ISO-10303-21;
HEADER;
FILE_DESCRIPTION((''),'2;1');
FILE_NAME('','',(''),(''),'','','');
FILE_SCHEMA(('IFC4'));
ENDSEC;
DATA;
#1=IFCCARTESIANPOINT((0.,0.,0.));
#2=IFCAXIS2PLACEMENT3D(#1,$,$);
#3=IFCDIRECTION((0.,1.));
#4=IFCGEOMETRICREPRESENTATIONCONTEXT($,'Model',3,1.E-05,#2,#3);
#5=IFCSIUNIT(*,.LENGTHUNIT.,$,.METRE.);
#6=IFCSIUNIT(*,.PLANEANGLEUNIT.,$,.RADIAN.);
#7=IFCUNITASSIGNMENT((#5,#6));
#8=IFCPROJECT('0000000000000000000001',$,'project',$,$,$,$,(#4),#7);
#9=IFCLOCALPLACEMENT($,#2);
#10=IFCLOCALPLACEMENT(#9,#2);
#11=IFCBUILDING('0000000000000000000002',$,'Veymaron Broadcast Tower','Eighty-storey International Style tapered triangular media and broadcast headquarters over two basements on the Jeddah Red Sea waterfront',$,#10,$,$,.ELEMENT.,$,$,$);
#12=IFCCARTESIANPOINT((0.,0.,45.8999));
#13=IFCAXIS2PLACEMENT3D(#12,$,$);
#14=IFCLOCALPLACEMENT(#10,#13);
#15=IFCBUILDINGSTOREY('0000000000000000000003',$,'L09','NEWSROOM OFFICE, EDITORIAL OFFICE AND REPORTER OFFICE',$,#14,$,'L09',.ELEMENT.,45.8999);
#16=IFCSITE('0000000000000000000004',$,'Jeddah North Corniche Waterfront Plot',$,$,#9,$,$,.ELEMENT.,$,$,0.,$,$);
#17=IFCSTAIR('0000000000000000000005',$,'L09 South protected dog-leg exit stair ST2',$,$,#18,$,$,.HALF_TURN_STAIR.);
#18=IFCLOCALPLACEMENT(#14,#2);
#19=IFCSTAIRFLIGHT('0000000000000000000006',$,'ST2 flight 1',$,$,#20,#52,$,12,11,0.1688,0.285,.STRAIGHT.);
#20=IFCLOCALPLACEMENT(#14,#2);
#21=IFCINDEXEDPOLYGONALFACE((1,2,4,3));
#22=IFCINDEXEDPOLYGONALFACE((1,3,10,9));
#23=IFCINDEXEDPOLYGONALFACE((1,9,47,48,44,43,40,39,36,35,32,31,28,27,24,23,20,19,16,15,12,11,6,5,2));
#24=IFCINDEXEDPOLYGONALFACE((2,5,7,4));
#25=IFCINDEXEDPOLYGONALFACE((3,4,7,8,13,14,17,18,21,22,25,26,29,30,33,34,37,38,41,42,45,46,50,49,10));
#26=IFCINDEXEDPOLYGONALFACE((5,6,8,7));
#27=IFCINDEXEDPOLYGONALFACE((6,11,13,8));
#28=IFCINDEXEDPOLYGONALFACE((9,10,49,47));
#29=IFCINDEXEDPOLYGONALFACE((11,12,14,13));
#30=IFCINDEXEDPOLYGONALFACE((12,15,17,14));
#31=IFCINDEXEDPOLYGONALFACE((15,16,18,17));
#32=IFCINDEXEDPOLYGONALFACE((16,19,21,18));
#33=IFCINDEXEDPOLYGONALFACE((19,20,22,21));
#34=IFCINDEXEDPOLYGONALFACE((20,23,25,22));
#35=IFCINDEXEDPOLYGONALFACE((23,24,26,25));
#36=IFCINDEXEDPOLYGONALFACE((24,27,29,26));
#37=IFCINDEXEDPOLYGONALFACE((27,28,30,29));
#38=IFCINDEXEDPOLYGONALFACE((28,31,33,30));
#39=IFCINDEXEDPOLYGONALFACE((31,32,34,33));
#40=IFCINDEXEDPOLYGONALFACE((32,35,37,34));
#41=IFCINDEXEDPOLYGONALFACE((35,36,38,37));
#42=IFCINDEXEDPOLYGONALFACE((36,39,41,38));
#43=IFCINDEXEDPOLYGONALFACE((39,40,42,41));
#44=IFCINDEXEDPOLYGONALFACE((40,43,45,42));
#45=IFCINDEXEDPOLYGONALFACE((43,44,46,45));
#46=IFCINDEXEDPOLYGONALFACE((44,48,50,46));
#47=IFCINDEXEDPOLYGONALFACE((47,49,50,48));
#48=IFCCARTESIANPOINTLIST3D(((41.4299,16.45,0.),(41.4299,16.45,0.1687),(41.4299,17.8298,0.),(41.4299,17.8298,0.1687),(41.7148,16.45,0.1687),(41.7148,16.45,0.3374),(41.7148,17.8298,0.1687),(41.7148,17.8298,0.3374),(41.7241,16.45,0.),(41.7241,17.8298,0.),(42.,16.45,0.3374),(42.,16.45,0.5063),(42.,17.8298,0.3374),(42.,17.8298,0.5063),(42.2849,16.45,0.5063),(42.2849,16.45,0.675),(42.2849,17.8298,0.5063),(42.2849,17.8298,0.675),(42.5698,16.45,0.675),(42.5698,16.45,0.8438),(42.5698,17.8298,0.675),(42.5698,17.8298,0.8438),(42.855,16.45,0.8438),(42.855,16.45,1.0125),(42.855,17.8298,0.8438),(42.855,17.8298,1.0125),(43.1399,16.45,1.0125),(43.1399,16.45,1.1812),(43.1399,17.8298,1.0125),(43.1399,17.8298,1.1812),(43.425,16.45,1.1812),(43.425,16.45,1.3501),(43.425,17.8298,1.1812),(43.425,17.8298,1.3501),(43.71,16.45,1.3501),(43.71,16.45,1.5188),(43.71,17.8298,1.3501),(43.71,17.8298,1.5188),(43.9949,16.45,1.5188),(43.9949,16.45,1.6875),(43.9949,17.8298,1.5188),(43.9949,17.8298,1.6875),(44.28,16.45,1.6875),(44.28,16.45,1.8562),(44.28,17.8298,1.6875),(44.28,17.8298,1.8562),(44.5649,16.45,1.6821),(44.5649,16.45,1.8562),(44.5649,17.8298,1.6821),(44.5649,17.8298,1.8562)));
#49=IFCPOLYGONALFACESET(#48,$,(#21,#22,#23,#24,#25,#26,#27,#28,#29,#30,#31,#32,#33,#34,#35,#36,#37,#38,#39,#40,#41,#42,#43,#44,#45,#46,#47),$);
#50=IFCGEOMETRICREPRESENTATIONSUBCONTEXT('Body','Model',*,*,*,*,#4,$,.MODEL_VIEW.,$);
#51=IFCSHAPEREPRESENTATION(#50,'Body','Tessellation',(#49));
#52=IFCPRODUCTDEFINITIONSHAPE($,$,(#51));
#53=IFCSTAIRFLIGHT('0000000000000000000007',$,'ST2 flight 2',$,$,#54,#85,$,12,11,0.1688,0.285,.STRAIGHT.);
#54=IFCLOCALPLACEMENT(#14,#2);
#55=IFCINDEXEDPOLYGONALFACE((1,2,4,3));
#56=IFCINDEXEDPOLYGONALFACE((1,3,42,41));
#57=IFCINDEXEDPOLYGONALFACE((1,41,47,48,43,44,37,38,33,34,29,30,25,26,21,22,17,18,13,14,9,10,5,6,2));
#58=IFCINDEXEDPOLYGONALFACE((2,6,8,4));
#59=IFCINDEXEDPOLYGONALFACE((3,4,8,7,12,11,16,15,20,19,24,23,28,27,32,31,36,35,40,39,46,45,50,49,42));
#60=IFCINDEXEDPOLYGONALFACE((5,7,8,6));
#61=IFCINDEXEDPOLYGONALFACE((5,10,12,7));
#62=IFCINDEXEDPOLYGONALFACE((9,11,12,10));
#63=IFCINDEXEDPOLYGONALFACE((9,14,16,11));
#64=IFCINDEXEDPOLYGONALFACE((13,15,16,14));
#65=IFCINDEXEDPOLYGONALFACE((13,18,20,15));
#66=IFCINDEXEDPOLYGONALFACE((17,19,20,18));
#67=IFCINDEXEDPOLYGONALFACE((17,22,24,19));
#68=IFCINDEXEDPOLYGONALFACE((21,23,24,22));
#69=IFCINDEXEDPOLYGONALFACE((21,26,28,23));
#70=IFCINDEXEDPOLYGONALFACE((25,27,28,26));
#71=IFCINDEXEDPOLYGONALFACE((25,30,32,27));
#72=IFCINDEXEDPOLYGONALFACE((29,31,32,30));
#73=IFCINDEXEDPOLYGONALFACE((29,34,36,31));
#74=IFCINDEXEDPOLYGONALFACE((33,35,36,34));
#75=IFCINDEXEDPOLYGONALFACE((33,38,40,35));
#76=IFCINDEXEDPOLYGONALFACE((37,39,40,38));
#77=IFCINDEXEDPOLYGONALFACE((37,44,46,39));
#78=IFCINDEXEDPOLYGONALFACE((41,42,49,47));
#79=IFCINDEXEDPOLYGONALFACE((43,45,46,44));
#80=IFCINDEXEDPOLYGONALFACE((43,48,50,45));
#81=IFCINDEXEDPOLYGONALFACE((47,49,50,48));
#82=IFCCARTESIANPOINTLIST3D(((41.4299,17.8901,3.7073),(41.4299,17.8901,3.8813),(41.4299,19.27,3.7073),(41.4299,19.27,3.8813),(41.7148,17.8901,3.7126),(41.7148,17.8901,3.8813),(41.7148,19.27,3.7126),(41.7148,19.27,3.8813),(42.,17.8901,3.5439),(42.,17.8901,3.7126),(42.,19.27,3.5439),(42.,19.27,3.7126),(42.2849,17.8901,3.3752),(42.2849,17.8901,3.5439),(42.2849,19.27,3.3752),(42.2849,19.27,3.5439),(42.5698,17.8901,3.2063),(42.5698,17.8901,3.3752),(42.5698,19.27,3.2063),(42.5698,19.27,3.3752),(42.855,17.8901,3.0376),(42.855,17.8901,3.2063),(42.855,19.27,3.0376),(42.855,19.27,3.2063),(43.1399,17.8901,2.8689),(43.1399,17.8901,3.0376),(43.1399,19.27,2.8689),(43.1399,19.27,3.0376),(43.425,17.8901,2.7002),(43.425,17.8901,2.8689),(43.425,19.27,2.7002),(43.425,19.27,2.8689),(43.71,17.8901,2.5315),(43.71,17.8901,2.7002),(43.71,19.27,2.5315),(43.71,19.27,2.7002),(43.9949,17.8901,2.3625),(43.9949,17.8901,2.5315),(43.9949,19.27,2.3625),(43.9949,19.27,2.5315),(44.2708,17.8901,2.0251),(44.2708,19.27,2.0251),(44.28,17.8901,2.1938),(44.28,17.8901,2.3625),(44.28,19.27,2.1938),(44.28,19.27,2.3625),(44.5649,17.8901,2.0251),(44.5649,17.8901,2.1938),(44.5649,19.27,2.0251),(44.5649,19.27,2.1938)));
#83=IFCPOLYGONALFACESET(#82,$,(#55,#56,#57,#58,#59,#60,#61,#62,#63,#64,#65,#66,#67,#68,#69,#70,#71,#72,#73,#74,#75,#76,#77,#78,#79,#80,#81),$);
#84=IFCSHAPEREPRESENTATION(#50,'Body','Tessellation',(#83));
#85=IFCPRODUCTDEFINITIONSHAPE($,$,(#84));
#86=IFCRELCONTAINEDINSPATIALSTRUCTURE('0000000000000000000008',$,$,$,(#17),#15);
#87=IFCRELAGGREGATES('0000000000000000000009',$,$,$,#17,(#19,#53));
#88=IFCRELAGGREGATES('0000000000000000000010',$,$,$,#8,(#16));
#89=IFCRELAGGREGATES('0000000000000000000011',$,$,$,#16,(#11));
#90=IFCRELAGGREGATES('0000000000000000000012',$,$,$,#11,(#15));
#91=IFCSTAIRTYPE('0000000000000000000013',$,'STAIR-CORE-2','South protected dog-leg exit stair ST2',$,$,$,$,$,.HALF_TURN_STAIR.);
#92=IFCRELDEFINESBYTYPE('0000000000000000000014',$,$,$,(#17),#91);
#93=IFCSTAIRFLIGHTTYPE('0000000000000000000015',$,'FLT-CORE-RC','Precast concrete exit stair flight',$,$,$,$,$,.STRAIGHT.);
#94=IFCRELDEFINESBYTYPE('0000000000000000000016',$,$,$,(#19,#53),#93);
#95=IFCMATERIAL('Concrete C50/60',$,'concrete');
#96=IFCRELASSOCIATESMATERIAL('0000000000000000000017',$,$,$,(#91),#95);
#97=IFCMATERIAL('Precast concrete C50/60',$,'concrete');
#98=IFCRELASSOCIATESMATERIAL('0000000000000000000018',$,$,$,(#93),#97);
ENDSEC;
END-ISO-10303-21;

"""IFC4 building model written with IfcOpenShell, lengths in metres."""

from ifc_helpers import new_model, si_unit, direction, frame, origin, place, context, subcontext, project, spatial, polyline, outline, extrude, material, type_object, element, aggregate, save


model = new_model("IFC4")

# Units and contexts
model_context = context("Model", 3, precision=1e-05, world=origin(), true_north=direction((0.0, 1.0)))
body_context = subcontext(model_context, "Body", "Model", "MODEL_VIEW")
ifc_project = project(units=[si_unit("LENGTHUNIT", "METRE"), si_unit("PLANEANGLEUNIT", "RADIAN")], contexts=[model_context])

# Site, building, storey
site_placement = place(None, origin())
site = spatial("IfcSite", under=ifc_project, at=site_placement, Name="Jeddah North Corniche Waterfront Plot", CompositionType="ELEMENT", RefElevation=0.0)
building_placement = place(site_placement, origin())
building = spatial("IfcBuilding", under=site, at=building_placement, Name="Veymaron Broadcast Tower", Description="Eighty-storey International Style tapered triangular media and broadcast headquarters over two basements on the Jeddah Red Sea waterfront", CompositionType="ELEMENT")
storey_placement = place(building_placement, frame((0.0, 0.0, 45.8999)))
storey = spatial("IfcBuildingStorey", under=building, at=storey_placement, Name="L09", Description="NEWSROOM OFFICE, EDITORIAL OFFICE AND REPORTER OFFICE", LongName="L09", CompositionType="ELEMENT", Elevation=45.8999)

# Shared definitions
ifc_material_1 = material(Name="Concrete C50/60", Category="concrete")

# Stair, stair flights
stair_type = type_object("IfcStairType", Name="STAIR-CORE-2", Description="South protected dog-leg exit stair ST2", PredefinedType="HALF_TURN_STAIR", material=ifc_material_1)
stair_placement = place(storey_placement, origin())
stair = element("IfcStair", 1, at=stair_placement, inside=storey, type_object=stair_type, Name="L09 South protected dog-leg exit stair ST2", PredefinedType="HALF_TURN_STAIR")
ifc_material_2 = material(Name="Precast concrete C50/60", Category="concrete")
stair_flight_type = type_object("IfcStairFlightType", Name="FLT-CORE-RC", Description="Precast concrete exit stair flight", PredefinedType="STRAIGHT", material=ifc_material_2)
stair_flight_1_placement = place(storey_placement, frame((41.4299, 17.1399, 0.0), z_axis=(0.0, 0.0, 1.0), x_axis=(1.0, 0.0, 0.0)))
stair_flight_1 = element("IfcStairFlight", 2, at=stair_flight_1_placement, type_object=stair_flight_type, Name="ST2 flight 1", NumberOfRisers=12, NumberOfTreads=11, PredefinedType="STRAIGHT", RiserHeight=0.1688, TreadLength=0.285, context=body_context, shape_type="SweptSolid", body=[
    extrude(outline(polyline([(0.0, 0.0), (0.0, 0.1687), (0.2849, 0.1687), (0.2849, 0.3374), (0.5701, 0.3374), (0.5701, 0.5063), (0.855, 0.5063), (0.855, 0.675), (1.1399, 0.675), (1.1399, 0.8438), (1.425, 0.8438), (1.425, 1.0125), (1.71, 1.0125), (1.71, 1.1812), (1.9951, 1.1812), (1.9951, 1.3501), (2.28, 1.3501), (2.28, 1.5188), (2.5649, 1.5188), (2.5649, 1.6875), (2.8501, 1.6875), (2.8501, 1.8562), (3.135, 1.8562), (3.135, 2.0249), (3.135, 1.6821), (0.2942, 0.0), (0.0, 0.0)])), frame((0.0, 0.6899, 0.0), z_axis=(0.0, -1.0, 0.0), x_axis=(1.0, 0.0, 0.0)), (0.0, 0.0, 1.0), 1.3799),
])
stair_flight_2_placement = place(storey_placement, frame((44.5649, 18.5801, 2.0251), z_axis=(0.0, 0.0, 1.0), x_axis=(-1.0, 0.0, 0.0)))
stair_flight_2 = element("IfcStairFlight", 3, at=stair_flight_2_placement, type_object=stair_flight_type, Name="ST2 flight 2", NumberOfRisers=12, NumberOfTreads=11, PredefinedType="STRAIGHT", RiserHeight=0.1688, TreadLength=0.285, context=body_context, shape_type="SweptSolid", body=[
    extrude(outline(polyline([(0.0, 0.0), (0.0, 0.1687), (0.2849, 0.1687), (0.2849, 0.3374), (0.5701, 0.3374), (0.5701, 0.5063), (0.855, 0.5063), (0.855, 0.675), (1.1399, 0.675), (1.1399, 0.8438), (1.425, 0.8438), (1.425, 1.0125), (1.71, 1.0125), (1.71, 1.1812), (1.9951, 1.1812), (1.9951, 1.3501), (2.28, 1.3501), (2.28, 1.5188), (2.5649, 1.5188), (2.5649, 1.6875), (2.8501, 1.6875), (2.8501, 1.8562), (3.135, 1.8562), (3.135, 2.0249), (3.135, 1.6821), (0.2942, 0.0), (0.0, 0.0)])), frame((0.0, 0.6899, 0.0), z_axis=(0.0, -1.0, 0.0), x_axis=(1.0, 0.0, 0.0)), (0.0, 0.0, 1.0), 1.3799),
])
aggregate(stair, [stair_flight_1, stair_flight_2])

save(model, "model.ifc")
